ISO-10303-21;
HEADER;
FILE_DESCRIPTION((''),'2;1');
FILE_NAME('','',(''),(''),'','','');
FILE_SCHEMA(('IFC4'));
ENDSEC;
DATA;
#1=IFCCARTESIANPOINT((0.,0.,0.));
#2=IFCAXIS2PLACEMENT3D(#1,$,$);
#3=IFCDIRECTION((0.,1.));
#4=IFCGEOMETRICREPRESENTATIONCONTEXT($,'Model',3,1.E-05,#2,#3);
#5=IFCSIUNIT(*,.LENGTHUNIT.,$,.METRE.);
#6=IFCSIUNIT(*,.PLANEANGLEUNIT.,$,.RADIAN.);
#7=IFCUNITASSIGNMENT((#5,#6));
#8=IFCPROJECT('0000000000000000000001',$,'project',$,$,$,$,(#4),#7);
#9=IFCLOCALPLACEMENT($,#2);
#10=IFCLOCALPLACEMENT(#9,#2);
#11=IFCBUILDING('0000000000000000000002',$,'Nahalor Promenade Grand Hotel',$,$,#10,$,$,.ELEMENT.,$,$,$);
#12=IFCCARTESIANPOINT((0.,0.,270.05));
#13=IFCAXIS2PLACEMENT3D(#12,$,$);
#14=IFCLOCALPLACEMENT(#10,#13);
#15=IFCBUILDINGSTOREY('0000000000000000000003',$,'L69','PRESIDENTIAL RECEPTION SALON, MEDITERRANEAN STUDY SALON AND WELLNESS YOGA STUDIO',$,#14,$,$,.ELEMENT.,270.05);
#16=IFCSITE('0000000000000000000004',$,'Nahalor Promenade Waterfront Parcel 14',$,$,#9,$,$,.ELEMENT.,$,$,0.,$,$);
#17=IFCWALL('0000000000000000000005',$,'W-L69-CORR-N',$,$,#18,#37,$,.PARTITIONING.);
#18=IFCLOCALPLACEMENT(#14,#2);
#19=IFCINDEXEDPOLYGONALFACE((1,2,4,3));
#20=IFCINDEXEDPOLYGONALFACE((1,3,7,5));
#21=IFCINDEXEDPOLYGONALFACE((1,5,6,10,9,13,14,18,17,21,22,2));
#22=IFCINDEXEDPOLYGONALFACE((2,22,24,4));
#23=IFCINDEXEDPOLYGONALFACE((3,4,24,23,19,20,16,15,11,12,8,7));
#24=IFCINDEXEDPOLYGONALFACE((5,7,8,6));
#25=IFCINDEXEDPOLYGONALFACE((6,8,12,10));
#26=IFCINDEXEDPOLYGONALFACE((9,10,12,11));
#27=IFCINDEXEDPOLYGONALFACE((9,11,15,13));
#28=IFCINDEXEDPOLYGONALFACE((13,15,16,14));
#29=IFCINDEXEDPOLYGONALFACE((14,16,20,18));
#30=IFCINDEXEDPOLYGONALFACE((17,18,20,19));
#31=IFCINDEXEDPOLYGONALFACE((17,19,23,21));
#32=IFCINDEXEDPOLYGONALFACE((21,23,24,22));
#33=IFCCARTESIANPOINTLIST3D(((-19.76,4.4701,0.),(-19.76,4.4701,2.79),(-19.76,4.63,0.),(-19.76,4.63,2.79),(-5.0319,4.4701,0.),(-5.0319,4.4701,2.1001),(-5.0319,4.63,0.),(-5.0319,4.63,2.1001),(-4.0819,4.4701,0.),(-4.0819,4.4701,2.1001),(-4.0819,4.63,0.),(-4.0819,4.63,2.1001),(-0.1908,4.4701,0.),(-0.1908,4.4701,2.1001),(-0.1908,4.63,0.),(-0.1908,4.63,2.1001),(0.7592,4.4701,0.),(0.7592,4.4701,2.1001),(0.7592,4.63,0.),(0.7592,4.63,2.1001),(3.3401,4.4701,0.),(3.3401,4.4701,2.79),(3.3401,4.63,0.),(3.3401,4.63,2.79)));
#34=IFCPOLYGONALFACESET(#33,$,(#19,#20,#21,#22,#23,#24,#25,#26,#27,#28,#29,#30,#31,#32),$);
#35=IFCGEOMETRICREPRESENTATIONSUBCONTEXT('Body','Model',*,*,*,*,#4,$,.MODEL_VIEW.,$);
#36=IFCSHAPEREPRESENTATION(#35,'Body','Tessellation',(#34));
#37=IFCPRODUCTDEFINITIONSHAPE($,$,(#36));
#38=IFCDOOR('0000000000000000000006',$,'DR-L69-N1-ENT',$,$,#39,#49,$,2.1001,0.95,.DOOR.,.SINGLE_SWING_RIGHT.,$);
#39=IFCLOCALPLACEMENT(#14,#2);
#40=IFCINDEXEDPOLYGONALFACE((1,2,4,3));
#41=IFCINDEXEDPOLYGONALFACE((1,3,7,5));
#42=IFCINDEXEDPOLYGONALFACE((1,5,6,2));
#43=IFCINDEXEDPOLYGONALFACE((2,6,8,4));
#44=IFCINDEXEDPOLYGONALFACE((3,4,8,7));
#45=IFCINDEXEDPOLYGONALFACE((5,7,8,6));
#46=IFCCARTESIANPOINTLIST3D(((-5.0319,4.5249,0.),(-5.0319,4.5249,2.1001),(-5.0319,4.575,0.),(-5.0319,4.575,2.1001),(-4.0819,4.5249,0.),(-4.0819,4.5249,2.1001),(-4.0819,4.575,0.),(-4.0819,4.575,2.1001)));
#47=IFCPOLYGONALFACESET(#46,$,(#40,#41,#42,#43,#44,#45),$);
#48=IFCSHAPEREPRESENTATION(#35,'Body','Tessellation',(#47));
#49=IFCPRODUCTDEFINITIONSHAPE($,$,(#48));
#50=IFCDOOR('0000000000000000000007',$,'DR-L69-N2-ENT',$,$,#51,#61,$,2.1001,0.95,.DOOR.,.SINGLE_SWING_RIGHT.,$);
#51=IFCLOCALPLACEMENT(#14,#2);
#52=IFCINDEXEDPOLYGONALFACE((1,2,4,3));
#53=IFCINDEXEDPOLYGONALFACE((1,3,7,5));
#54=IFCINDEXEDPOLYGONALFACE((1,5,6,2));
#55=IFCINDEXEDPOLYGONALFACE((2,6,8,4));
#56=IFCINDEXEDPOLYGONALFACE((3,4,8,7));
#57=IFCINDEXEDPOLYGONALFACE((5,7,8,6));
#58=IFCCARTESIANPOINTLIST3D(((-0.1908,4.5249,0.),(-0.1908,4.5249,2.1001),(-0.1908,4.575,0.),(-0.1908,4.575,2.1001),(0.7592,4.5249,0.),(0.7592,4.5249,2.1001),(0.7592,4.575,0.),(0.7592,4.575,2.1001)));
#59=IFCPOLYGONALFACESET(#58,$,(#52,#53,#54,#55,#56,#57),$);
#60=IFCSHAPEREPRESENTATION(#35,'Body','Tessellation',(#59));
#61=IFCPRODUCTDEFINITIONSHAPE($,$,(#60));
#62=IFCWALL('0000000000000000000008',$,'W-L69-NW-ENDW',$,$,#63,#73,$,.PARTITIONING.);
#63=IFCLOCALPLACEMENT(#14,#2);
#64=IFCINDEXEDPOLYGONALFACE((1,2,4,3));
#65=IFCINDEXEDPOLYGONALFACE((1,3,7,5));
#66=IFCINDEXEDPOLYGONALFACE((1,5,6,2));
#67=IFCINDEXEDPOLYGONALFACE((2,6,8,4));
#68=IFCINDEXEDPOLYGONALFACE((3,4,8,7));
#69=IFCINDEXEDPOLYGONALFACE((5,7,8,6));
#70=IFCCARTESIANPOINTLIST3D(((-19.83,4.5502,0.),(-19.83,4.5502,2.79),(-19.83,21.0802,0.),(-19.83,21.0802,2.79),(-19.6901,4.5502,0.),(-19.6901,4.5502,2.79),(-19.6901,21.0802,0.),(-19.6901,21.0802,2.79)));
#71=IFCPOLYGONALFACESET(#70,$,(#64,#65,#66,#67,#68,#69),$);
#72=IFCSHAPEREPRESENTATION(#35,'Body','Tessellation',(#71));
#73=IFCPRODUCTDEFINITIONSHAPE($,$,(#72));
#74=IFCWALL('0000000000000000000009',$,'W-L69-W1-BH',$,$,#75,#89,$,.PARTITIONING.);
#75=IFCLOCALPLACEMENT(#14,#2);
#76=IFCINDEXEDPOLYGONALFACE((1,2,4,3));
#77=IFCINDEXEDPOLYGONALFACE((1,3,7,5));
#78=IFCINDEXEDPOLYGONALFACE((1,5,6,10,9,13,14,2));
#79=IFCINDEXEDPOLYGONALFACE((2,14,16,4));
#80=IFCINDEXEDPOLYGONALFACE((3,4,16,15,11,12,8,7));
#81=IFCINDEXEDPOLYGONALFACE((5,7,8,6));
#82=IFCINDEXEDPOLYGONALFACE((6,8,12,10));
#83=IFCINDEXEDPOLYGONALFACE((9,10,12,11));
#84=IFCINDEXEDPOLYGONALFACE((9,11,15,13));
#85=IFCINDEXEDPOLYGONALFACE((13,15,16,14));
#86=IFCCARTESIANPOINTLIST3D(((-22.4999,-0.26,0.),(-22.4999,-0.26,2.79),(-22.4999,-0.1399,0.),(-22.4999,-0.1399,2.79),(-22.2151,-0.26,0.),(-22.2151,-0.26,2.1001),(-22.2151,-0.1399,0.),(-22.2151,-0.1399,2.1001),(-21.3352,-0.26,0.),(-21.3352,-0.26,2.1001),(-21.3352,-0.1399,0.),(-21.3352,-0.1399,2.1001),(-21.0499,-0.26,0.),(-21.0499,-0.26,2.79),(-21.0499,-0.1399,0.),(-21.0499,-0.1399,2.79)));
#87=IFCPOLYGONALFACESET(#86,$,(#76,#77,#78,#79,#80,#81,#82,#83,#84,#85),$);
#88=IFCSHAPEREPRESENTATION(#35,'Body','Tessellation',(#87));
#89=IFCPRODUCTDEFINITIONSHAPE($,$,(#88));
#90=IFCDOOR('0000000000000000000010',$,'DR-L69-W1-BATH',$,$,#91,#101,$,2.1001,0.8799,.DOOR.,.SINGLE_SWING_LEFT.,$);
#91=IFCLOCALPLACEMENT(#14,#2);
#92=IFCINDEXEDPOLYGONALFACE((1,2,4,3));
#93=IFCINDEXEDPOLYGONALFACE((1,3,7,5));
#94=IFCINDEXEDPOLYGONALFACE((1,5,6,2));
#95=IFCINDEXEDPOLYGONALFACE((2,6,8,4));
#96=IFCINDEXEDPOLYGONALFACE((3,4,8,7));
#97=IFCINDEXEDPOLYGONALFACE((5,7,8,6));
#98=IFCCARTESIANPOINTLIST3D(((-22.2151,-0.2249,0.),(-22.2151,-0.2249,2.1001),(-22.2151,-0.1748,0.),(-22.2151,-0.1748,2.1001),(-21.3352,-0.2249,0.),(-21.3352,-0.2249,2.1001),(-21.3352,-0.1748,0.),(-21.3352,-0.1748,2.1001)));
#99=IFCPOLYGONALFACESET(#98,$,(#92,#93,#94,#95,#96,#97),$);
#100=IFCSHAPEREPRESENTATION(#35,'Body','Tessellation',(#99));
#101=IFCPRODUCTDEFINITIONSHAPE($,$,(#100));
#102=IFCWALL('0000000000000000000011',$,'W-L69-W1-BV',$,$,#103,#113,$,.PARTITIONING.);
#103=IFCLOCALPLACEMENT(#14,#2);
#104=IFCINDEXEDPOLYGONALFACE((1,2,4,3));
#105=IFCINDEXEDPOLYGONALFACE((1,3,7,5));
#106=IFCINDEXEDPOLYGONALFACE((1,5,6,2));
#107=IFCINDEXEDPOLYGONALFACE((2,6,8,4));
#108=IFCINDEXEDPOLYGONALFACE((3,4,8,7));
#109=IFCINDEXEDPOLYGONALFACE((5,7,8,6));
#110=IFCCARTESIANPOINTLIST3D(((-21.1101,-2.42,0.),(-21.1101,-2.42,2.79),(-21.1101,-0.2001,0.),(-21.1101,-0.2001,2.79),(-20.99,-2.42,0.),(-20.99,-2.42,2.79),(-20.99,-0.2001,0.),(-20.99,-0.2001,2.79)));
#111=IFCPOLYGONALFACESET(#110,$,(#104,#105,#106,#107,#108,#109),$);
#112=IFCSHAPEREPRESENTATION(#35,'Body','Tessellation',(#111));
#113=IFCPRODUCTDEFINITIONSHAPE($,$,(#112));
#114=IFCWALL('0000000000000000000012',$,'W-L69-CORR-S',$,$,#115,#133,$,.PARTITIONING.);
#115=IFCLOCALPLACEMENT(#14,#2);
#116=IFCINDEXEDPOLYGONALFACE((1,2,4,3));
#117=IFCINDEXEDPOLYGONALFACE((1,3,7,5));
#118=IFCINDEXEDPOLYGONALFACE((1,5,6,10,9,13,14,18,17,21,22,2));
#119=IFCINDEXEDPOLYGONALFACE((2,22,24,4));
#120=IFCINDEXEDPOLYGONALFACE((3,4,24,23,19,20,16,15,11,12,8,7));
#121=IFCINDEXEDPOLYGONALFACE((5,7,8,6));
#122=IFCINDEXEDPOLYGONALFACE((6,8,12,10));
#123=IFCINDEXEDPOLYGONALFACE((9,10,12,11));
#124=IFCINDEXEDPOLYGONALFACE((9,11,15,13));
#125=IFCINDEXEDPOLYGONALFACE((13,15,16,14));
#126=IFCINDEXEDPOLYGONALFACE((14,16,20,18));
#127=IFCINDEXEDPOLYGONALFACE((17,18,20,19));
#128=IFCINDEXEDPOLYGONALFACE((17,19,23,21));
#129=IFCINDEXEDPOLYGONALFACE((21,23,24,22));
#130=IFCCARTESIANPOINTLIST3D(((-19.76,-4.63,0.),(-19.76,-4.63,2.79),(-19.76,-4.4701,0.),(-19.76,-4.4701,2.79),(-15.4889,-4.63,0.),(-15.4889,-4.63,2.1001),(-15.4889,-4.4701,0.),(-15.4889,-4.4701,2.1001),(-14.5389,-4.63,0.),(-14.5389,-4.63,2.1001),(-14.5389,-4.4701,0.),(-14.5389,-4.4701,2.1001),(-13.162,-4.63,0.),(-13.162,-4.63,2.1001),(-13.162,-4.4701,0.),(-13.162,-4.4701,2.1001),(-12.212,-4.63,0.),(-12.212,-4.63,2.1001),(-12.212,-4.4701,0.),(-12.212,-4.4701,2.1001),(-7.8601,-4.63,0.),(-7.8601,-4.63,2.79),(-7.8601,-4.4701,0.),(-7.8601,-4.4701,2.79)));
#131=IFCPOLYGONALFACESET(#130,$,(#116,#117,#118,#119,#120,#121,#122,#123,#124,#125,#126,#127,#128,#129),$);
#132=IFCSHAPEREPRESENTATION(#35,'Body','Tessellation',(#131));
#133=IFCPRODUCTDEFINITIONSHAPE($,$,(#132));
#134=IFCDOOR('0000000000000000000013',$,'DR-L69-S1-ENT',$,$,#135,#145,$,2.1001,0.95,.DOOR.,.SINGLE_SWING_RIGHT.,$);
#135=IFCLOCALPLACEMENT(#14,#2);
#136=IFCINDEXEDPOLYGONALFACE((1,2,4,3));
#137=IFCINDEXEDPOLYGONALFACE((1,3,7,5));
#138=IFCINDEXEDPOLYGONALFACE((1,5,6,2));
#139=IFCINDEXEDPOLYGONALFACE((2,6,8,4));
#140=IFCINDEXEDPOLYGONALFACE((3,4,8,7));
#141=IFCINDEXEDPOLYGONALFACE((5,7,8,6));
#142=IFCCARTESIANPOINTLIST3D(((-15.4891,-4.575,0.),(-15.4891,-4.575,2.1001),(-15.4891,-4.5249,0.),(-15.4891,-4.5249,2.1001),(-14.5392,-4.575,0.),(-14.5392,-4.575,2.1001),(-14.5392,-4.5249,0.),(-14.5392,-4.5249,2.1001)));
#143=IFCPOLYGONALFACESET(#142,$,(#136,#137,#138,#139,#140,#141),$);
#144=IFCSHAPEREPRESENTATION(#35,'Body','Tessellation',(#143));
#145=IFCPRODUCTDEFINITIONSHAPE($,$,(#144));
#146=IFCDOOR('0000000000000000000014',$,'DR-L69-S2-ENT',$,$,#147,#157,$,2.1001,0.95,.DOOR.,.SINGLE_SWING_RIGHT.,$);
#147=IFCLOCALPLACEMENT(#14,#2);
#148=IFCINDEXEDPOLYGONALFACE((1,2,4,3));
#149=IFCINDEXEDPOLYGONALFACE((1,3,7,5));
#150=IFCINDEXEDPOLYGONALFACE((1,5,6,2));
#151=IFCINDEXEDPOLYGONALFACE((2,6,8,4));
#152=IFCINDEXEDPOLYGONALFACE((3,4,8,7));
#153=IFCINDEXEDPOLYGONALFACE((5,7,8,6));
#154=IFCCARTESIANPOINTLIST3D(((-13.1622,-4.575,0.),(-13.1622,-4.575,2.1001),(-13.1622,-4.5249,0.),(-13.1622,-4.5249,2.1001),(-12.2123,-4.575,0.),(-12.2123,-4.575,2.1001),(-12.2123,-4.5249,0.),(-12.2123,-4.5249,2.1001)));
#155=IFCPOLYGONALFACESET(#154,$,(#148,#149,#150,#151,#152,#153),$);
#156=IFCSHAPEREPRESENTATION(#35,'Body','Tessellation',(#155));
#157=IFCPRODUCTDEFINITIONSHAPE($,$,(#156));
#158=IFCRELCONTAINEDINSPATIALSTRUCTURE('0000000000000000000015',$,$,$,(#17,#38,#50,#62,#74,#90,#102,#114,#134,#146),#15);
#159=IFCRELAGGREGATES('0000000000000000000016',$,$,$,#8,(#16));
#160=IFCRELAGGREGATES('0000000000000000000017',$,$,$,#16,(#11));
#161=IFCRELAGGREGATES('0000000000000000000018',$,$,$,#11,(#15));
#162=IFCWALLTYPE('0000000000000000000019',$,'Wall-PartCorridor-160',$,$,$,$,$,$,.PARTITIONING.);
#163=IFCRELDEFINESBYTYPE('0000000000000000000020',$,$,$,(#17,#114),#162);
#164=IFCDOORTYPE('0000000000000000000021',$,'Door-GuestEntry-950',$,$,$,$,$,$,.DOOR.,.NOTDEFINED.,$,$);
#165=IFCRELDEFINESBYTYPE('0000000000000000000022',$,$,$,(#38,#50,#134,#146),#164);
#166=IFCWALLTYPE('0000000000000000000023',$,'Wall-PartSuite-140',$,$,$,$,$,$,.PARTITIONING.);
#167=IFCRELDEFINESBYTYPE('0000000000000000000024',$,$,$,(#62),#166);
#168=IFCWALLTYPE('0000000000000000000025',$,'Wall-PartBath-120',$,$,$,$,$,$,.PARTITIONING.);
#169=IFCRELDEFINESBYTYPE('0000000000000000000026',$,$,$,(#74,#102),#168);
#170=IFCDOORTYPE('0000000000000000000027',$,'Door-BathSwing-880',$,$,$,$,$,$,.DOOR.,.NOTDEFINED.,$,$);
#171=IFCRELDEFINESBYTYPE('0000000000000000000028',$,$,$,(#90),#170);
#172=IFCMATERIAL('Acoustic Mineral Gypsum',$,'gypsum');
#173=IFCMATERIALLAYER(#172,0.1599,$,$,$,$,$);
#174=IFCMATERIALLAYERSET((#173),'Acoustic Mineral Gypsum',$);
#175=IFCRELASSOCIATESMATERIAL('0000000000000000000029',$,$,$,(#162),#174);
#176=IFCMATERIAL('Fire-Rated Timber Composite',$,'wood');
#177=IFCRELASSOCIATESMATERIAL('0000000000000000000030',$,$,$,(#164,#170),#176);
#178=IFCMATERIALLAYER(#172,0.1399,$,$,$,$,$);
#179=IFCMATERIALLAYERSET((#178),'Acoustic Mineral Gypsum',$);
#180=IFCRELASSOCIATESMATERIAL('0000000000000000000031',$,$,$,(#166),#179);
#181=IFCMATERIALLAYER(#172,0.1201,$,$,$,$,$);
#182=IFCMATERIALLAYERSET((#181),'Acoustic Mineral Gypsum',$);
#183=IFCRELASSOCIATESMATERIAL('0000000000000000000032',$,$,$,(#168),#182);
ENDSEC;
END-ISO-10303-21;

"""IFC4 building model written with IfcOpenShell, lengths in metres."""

from ifc_helpers import new_model, si_unit, direction, frame, frame_2d, origin, place, context, subcontext, project, spatial, rectangle, extrude, source, transform, mapped, material, layer, layer_set, type_object, element, fill, save


model = new_model("IFC4")

# Units and contexts
model_context = context("Model", 3, precision=1e-05, world=origin(), true_north=direction((0.0, 1.0)))
body_context = subcontext(model_context, "Body", "Model", "MODEL_VIEW")
ifc_project = project(units=[si_unit("LENGTHUNIT", "METRE"), si_unit("PLANEANGLEUNIT", "RADIAN")], contexts=[model_context])

# Site, building, storey
site_placement = place(None, origin())
site = spatial("IfcSite", under=ifc_project, at=site_placement, Name="Nahalor Promenade Waterfront Parcel 14", CompositionType="ELEMENT", RefElevation=0.0)
building_placement = place(site_placement, origin())
building = spatial("IfcBuilding", under=site, at=building_placement, Name="Nahalor Promenade Grand Hotel", CompositionType="ELEMENT")
storey_placement = place(building_placement, frame((0.0, 0.0, 270.05)))
storey = spatial("IfcBuildingStorey", under=building, at=storey_placement, Name="L69", Description="PRESIDENTIAL RECEPTION SALON, MEDITERRANEAN STUDY SALON AND WELLNESS YOGA STUDIO", CompositionType="ELEMENT", Elevation=270.05)

# Wall, openings, doors
ifc_material_1 = material(Name="Acoustic Mineral Gypsum", Category="gypsum")
ifc_layer_1 = layer(ifc_material_1, 0.1599)
ifc_layer_set_1 = layer_set([ifc_layer_1], Name="Acoustic Mineral Gypsum")
wall_type_1 = type_object("IfcWallType", Name="Wall-PartCorridor-160", PredefinedType="PARTITIONING", material=ifc_layer_set_1)
shared_shape_1 = source(origin(), body_context, "Body", "SweptSolid", [
    extrude(rectangle(XDim=23.1001, YDim=0.1599, at=frame_2d((11.55, 0.0))), origin(), (0.0, 0.0, 1.0), 2.79),
])
wall_1_placement = place(storey_placement, frame((-19.76, 4.55, 0.0), z_axis=(0.0, 0.0, 1.0), x_axis=(1.0, 0.0, 0.0)))
wall_1 = element("IfcWall", 1, at=wall_1_placement, inside=storey, type_object=wall_type_1, Name="W-L69-CORR-N", PredefinedType="PARTITIONING", context=body_context, shape_type="MappedRepresentation", body=[
    mapped(shared_shape_1, transform((0.0, 0.0, 0.0), scale=1.0)),
])
opening_1_placement = place(wall_1_placement, frame((14.728, 0.0, 0.0)))
opening_1 = element("IfcOpeningElement", 2, at=opening_1_placement, cuts=wall_1, PredefinedType="OPENING", context=body_context, shape_type="SweptSolid", body=[
    extrude(rectangle(XDim=0.95, YDim=2.1001, at=frame_2d((0.4751, 1.05))), frame((0.0, 0.0898, 0.0), z_axis=(0.0, -1.0, 0.0), x_axis=(1.0, 0.0, 0.0)), (0.0, 0.0, 1.0), 0.1799),
])
opening_2_placement = place(wall_1_placement, frame((19.5691, 0.0, 0.0)))
opening_2 = element("IfcOpeningElement", 3, at=opening_2_placement, cuts=wall_1, PredefinedType="OPENING", context=body_context, shape_type="SweptSolid", body=[
    extrude(rectangle(XDim=0.95, YDim=2.1001, at=frame_2d((0.4751, 1.05))), frame((0.0, 0.0898, 0.0), z_axis=(0.0, -1.0, 0.0), x_axis=(1.0, 0.0, 0.0)), (0.0, 0.0, 1.0), 0.1799),
])
ifc_material_2 = material(Name="Fire-Rated Timber Composite", Category="wood")
door_type_1 = type_object("IfcDoorType", Name="Door-GuestEntry-950", OperationType="NOTDEFINED", PredefinedType="DOOR", material=ifc_material_2)
shared_shape_2 = source(origin(), body_context, "Body", "SweptSolid", [
    extrude(rectangle(XDim=0.95, YDim=2.1001, at=frame_2d((0.4751, 1.05))), frame((0.0, 0.0249, 0.0), z_axis=(0.0, -1.0, 0.0), x_axis=(1.0, 0.0, 0.0)), (0.0, 0.0, 1.0), 0.05),
])
door_1_placement = place(opening_1_placement, origin())
door_1 = element("IfcDoor", 4, at=door_1_placement, inside=storey, type_object=door_type_1, Name="DR-L69-N1-ENT", OperationType="SINGLE_SWING_RIGHT", OverallHeight=2.1001, OverallWidth=0.95, PredefinedType="DOOR", context=body_context, shape_type="MappedRepresentation", body=[
    mapped(shared_shape_2, transform((0.0, 0.0, 0.0), scale=1.0)),
])
fill(opening_1, door_1)
door_2_placement = place(opening_2_placement, origin())
door_2 = element("IfcDoor", 5, at=door_2_placement, inside=storey, type_object=door_type_1, Name="DR-L69-N2-ENT", OperationType="SINGLE_SWING_RIGHT", OverallHeight=2.1001, OverallWidth=0.95, PredefinedType="DOOR", context=body_context, shape_type="MappedRepresentation", body=[
    mapped(shared_shape_2, transform((0.0, 0.0, 0.0), scale=1.0)),
])
fill(opening_2, door_2)

# Wall
ifc_layer_2 = layer(ifc_material_1, 0.1399)
ifc_layer_set_2 = layer_set([ifc_layer_2], Name="Acoustic Mineral Gypsum")
wall_type_2 = type_object("IfcWallType", Name="Wall-PartSuite-140", PredefinedType="PARTITIONING", material=ifc_layer_set_2)
shared_shape_3 = source(origin(), body_context, "Body", "SweptSolid", [
    extrude(rectangle(XDim=16.53, YDim=0.1399, at=frame_2d((8.2651, 0.0))), origin(), (0.0, 0.0, 1.0), 2.79),
])
wall_2_placement = place(storey_placement, frame((-19.76, 4.55, 0.0), z_axis=(0.0, 0.0, 1.0), x_axis=(0.0, 1.0, 0.0)))
element("IfcWall", 6, at=wall_2_placement, inside=storey, type_object=wall_type_2, Name="W-L69-NW-ENDW", PredefinedType="PARTITIONING", context=body_context, shape_type="MappedRepresentation", body=[
    mapped(shared_shape_3, transform((0.0, 0.0, 0.0), scale=1.0)),
])

# Wall, opening, door
ifc_layer_3 = layer(ifc_material_1, 0.1201)
ifc_layer_set_3 = layer_set([ifc_layer_3], Name="Acoustic Mineral Gypsum")
wall_type_3 = type_object("IfcWallType", Name="Wall-PartBath-120", PredefinedType="PARTITIONING", material=ifc_layer_set_3)
shared_shape_4 = source(origin(), body_context, "Body", "SweptSolid", [
    extrude(rectangle(XDim=1.45, YDim=0.1201, at=frame_2d((0.7251, 0.0))), origin(), (0.0, 0.0, 1.0), 2.79),
])
wall_3_placement = place(storey_placement, frame((-22.5, -0.2, 0.0), z_axis=(0.0, 0.0, 1.0), x_axis=(1.0, 0.0, 0.0)))
wall_3 = element("IfcWall", 7, at=wall_3_placement, inside=storey, type_object=wall_type_3, Name="W-L69-W1-BH", PredefinedType="PARTITIONING", context=body_context, shape_type="MappedRepresentation", body=[
    mapped(shared_shape_4, transform((0.0, 0.0, 0.0), scale=1.0)),
])
opening_3_placement = place(wall_3_placement, frame((0.2849, 0.0, 0.0)))
opening_3 = element("IfcOpeningElement", 8, at=opening_3_placement, cuts=wall_3, PredefinedType="OPENING", context=body_context, shape_type="SweptSolid", body=[
    extrude(rectangle(XDim=0.8799, YDim=2.1001, at=frame_2d((0.4399, 1.05))), frame((0.0, 0.0701, 0.0), z_axis=(0.0, -1.0, 0.0), x_axis=(1.0, 0.0, 0.0)), (0.0, 0.0, 1.0), 0.1401),
])
door_type_2 = type_object("IfcDoorType", Name="Door-BathSwing-880", OperationType="NOTDEFINED", PredefinedType="DOOR", material=ifc_material_2)
shared_shape_5 = source(origin(), body_context, "Body", "SweptSolid", [
    extrude(rectangle(XDim=0.8799, YDim=2.1001, at=frame_2d((0.4399, 1.05))), frame((0.0, 0.0249, 0.0), z_axis=(0.0, -1.0, 0.0), x_axis=(1.0, 0.0, 0.0)), (0.0, 0.0, 1.0), 0.05),
])
door_3_placement = place(opening_3_placement, frame((0.8799, 0.0, 0.0), z_axis=(0.0, 0.0, 1.0), x_axis=(-1.0, 0.0, 0.0)))
door_3 = element("IfcDoor", 9, at=door_3_placement, inside=storey, type_object=door_type_2, Name="DR-L69-W1-BATH", OperationType="SINGLE_SWING_LEFT", OverallHeight=2.1001, OverallWidth=0.8799, PredefinedType="DOOR", context=body_context, shape_type="MappedRepresentation", body=[
    mapped(shared_shape_5, transform((0.0, 0.0, 0.0), scale=1.0)),
])
fill(opening_3, door_3)

# Wall
shared_shape_6 = source(origin(), body_context, "Body", "SweptSolid", [
    extrude(rectangle(XDim=2.22, YDim=0.1201, at=frame_2d((1.1099, 0.0))), origin(), (0.0, 0.0, 1.0), 2.79),
])
wall_4_placement = place(storey_placement, frame((-21.05, -2.4199, 0.0), z_axis=(0.0, 0.0, 1.0), x_axis=(0.0, 1.0, 0.0)))
element("IfcWall", 10, at=wall_4_placement, inside=storey, type_object=wall_type_3, Name="W-L69-W1-BV", PredefinedType="PARTITIONING", context=body_context, shape_type="MappedRepresentation", body=[
    mapped(shared_shape_6, transform((0.0, 0.0, 0.0), scale=1.0)),
])

# Wall, openings, doors
shared_shape_7 = source(origin(), body_context, "Body", "SweptSolid", [
    extrude(rectangle(XDim=11.8999, YDim=0.1599, at=frame_2d((5.95, 0.0))), origin(), (0.0, 0.0, 1.0), 2.79),
])
wall_5_placement = place(storey_placement, frame((-19.76, -4.55, 0.0), z_axis=(0.0, 0.0, 1.0), x_axis=(1.0, 0.0, 0.0)))
wall_5 = element("IfcWall", 11, at=wall_5_placement, inside=storey, type_object=wall_type_1, Name="W-L69-CORR-S", PredefinedType="PARTITIONING", context=body_context, shape_type="MappedRepresentation", body=[
    mapped(shared_shape_7, transform((0.0, 0.0, 0.0), scale=1.0)),
])
opening_4_placement = place(wall_5_placement, frame((4.271, 0.0, 0.0)))
opening_4 = element("IfcOpeningElement", 12, at=opening_4_placement, cuts=wall_5, PredefinedType="OPENING", context=body_context, shape_type="SweptSolid", body=[
    extrude(rectangle(XDim=0.95, YDim=2.1001, at=frame_2d((0.4751, 1.05))), frame((0.0, 0.0898, 0.0), z_axis=(0.0, -1.0, 0.0), x_axis=(1.0, 0.0, 0.0)), (0.0, 0.0, 1.0), 0.1799),
])
opening_5_placement = place(wall_5_placement, frame((6.5979, 0.0, 0.0)))
opening_5 = element("IfcOpeningElement", 13, at=opening_5_placement, cuts=wall_5, PredefinedType="OPENING", context=body_context, shape_type="SweptSolid", body=[
    extrude(rectangle(XDim=0.95, YDim=2.1001, at=frame_2d((0.4751, 1.05))), frame((0.0, 0.0898, 0.0), z_axis=(0.0, -1.0, 0.0), x_axis=(1.0, 0.0, 0.0)), (0.0, 0.0, 1.0), 0.1799),
])
door_4_placement = place(opening_4_placement, frame((0.95, 0.0, 0.0), z_axis=(0.0, 0.0, 1.0), x_axis=(-1.0, 0.0, 0.0)))
door_4 = element("IfcDoor", 14, at=door_4_placement, inside=storey, type_object=door_type_1, Name="DR-L69-S1-ENT", OperationType="SINGLE_SWING_RIGHT", OverallHeight=2.1001, OverallWidth=0.95, PredefinedType="DOOR", context=body_context, shape_type="MappedRepresentation", body=[
    mapped(shared_shape_2, transform((0.0, 0.0, 0.0), scale=1.0)),
])
fill(opening_4, door_4)
door_5_placement = place(opening_5_placement, frame((0.95, 0.0, 0.0), z_axis=(0.0, 0.0, 1.0), x_axis=(-1.0, 0.0, 0.0)))
door_5 = element("IfcDoor", 15, at=door_5_placement, inside=storey, type_object=door_type_1, Name="DR-L69-S2-ENT", OperationType="SINGLE_SWING_RIGHT", OverallHeight=2.1001, OverallWidth=0.95, PredefinedType="DOOR", context=body_context, shape_type="MappedRepresentation", body=[
    mapped(shared_shape_2, transform((0.0, 0.0, 0.0), scale=1.0)),
])
fill(opening_5, door_5)

save(model, "model.ifc")
